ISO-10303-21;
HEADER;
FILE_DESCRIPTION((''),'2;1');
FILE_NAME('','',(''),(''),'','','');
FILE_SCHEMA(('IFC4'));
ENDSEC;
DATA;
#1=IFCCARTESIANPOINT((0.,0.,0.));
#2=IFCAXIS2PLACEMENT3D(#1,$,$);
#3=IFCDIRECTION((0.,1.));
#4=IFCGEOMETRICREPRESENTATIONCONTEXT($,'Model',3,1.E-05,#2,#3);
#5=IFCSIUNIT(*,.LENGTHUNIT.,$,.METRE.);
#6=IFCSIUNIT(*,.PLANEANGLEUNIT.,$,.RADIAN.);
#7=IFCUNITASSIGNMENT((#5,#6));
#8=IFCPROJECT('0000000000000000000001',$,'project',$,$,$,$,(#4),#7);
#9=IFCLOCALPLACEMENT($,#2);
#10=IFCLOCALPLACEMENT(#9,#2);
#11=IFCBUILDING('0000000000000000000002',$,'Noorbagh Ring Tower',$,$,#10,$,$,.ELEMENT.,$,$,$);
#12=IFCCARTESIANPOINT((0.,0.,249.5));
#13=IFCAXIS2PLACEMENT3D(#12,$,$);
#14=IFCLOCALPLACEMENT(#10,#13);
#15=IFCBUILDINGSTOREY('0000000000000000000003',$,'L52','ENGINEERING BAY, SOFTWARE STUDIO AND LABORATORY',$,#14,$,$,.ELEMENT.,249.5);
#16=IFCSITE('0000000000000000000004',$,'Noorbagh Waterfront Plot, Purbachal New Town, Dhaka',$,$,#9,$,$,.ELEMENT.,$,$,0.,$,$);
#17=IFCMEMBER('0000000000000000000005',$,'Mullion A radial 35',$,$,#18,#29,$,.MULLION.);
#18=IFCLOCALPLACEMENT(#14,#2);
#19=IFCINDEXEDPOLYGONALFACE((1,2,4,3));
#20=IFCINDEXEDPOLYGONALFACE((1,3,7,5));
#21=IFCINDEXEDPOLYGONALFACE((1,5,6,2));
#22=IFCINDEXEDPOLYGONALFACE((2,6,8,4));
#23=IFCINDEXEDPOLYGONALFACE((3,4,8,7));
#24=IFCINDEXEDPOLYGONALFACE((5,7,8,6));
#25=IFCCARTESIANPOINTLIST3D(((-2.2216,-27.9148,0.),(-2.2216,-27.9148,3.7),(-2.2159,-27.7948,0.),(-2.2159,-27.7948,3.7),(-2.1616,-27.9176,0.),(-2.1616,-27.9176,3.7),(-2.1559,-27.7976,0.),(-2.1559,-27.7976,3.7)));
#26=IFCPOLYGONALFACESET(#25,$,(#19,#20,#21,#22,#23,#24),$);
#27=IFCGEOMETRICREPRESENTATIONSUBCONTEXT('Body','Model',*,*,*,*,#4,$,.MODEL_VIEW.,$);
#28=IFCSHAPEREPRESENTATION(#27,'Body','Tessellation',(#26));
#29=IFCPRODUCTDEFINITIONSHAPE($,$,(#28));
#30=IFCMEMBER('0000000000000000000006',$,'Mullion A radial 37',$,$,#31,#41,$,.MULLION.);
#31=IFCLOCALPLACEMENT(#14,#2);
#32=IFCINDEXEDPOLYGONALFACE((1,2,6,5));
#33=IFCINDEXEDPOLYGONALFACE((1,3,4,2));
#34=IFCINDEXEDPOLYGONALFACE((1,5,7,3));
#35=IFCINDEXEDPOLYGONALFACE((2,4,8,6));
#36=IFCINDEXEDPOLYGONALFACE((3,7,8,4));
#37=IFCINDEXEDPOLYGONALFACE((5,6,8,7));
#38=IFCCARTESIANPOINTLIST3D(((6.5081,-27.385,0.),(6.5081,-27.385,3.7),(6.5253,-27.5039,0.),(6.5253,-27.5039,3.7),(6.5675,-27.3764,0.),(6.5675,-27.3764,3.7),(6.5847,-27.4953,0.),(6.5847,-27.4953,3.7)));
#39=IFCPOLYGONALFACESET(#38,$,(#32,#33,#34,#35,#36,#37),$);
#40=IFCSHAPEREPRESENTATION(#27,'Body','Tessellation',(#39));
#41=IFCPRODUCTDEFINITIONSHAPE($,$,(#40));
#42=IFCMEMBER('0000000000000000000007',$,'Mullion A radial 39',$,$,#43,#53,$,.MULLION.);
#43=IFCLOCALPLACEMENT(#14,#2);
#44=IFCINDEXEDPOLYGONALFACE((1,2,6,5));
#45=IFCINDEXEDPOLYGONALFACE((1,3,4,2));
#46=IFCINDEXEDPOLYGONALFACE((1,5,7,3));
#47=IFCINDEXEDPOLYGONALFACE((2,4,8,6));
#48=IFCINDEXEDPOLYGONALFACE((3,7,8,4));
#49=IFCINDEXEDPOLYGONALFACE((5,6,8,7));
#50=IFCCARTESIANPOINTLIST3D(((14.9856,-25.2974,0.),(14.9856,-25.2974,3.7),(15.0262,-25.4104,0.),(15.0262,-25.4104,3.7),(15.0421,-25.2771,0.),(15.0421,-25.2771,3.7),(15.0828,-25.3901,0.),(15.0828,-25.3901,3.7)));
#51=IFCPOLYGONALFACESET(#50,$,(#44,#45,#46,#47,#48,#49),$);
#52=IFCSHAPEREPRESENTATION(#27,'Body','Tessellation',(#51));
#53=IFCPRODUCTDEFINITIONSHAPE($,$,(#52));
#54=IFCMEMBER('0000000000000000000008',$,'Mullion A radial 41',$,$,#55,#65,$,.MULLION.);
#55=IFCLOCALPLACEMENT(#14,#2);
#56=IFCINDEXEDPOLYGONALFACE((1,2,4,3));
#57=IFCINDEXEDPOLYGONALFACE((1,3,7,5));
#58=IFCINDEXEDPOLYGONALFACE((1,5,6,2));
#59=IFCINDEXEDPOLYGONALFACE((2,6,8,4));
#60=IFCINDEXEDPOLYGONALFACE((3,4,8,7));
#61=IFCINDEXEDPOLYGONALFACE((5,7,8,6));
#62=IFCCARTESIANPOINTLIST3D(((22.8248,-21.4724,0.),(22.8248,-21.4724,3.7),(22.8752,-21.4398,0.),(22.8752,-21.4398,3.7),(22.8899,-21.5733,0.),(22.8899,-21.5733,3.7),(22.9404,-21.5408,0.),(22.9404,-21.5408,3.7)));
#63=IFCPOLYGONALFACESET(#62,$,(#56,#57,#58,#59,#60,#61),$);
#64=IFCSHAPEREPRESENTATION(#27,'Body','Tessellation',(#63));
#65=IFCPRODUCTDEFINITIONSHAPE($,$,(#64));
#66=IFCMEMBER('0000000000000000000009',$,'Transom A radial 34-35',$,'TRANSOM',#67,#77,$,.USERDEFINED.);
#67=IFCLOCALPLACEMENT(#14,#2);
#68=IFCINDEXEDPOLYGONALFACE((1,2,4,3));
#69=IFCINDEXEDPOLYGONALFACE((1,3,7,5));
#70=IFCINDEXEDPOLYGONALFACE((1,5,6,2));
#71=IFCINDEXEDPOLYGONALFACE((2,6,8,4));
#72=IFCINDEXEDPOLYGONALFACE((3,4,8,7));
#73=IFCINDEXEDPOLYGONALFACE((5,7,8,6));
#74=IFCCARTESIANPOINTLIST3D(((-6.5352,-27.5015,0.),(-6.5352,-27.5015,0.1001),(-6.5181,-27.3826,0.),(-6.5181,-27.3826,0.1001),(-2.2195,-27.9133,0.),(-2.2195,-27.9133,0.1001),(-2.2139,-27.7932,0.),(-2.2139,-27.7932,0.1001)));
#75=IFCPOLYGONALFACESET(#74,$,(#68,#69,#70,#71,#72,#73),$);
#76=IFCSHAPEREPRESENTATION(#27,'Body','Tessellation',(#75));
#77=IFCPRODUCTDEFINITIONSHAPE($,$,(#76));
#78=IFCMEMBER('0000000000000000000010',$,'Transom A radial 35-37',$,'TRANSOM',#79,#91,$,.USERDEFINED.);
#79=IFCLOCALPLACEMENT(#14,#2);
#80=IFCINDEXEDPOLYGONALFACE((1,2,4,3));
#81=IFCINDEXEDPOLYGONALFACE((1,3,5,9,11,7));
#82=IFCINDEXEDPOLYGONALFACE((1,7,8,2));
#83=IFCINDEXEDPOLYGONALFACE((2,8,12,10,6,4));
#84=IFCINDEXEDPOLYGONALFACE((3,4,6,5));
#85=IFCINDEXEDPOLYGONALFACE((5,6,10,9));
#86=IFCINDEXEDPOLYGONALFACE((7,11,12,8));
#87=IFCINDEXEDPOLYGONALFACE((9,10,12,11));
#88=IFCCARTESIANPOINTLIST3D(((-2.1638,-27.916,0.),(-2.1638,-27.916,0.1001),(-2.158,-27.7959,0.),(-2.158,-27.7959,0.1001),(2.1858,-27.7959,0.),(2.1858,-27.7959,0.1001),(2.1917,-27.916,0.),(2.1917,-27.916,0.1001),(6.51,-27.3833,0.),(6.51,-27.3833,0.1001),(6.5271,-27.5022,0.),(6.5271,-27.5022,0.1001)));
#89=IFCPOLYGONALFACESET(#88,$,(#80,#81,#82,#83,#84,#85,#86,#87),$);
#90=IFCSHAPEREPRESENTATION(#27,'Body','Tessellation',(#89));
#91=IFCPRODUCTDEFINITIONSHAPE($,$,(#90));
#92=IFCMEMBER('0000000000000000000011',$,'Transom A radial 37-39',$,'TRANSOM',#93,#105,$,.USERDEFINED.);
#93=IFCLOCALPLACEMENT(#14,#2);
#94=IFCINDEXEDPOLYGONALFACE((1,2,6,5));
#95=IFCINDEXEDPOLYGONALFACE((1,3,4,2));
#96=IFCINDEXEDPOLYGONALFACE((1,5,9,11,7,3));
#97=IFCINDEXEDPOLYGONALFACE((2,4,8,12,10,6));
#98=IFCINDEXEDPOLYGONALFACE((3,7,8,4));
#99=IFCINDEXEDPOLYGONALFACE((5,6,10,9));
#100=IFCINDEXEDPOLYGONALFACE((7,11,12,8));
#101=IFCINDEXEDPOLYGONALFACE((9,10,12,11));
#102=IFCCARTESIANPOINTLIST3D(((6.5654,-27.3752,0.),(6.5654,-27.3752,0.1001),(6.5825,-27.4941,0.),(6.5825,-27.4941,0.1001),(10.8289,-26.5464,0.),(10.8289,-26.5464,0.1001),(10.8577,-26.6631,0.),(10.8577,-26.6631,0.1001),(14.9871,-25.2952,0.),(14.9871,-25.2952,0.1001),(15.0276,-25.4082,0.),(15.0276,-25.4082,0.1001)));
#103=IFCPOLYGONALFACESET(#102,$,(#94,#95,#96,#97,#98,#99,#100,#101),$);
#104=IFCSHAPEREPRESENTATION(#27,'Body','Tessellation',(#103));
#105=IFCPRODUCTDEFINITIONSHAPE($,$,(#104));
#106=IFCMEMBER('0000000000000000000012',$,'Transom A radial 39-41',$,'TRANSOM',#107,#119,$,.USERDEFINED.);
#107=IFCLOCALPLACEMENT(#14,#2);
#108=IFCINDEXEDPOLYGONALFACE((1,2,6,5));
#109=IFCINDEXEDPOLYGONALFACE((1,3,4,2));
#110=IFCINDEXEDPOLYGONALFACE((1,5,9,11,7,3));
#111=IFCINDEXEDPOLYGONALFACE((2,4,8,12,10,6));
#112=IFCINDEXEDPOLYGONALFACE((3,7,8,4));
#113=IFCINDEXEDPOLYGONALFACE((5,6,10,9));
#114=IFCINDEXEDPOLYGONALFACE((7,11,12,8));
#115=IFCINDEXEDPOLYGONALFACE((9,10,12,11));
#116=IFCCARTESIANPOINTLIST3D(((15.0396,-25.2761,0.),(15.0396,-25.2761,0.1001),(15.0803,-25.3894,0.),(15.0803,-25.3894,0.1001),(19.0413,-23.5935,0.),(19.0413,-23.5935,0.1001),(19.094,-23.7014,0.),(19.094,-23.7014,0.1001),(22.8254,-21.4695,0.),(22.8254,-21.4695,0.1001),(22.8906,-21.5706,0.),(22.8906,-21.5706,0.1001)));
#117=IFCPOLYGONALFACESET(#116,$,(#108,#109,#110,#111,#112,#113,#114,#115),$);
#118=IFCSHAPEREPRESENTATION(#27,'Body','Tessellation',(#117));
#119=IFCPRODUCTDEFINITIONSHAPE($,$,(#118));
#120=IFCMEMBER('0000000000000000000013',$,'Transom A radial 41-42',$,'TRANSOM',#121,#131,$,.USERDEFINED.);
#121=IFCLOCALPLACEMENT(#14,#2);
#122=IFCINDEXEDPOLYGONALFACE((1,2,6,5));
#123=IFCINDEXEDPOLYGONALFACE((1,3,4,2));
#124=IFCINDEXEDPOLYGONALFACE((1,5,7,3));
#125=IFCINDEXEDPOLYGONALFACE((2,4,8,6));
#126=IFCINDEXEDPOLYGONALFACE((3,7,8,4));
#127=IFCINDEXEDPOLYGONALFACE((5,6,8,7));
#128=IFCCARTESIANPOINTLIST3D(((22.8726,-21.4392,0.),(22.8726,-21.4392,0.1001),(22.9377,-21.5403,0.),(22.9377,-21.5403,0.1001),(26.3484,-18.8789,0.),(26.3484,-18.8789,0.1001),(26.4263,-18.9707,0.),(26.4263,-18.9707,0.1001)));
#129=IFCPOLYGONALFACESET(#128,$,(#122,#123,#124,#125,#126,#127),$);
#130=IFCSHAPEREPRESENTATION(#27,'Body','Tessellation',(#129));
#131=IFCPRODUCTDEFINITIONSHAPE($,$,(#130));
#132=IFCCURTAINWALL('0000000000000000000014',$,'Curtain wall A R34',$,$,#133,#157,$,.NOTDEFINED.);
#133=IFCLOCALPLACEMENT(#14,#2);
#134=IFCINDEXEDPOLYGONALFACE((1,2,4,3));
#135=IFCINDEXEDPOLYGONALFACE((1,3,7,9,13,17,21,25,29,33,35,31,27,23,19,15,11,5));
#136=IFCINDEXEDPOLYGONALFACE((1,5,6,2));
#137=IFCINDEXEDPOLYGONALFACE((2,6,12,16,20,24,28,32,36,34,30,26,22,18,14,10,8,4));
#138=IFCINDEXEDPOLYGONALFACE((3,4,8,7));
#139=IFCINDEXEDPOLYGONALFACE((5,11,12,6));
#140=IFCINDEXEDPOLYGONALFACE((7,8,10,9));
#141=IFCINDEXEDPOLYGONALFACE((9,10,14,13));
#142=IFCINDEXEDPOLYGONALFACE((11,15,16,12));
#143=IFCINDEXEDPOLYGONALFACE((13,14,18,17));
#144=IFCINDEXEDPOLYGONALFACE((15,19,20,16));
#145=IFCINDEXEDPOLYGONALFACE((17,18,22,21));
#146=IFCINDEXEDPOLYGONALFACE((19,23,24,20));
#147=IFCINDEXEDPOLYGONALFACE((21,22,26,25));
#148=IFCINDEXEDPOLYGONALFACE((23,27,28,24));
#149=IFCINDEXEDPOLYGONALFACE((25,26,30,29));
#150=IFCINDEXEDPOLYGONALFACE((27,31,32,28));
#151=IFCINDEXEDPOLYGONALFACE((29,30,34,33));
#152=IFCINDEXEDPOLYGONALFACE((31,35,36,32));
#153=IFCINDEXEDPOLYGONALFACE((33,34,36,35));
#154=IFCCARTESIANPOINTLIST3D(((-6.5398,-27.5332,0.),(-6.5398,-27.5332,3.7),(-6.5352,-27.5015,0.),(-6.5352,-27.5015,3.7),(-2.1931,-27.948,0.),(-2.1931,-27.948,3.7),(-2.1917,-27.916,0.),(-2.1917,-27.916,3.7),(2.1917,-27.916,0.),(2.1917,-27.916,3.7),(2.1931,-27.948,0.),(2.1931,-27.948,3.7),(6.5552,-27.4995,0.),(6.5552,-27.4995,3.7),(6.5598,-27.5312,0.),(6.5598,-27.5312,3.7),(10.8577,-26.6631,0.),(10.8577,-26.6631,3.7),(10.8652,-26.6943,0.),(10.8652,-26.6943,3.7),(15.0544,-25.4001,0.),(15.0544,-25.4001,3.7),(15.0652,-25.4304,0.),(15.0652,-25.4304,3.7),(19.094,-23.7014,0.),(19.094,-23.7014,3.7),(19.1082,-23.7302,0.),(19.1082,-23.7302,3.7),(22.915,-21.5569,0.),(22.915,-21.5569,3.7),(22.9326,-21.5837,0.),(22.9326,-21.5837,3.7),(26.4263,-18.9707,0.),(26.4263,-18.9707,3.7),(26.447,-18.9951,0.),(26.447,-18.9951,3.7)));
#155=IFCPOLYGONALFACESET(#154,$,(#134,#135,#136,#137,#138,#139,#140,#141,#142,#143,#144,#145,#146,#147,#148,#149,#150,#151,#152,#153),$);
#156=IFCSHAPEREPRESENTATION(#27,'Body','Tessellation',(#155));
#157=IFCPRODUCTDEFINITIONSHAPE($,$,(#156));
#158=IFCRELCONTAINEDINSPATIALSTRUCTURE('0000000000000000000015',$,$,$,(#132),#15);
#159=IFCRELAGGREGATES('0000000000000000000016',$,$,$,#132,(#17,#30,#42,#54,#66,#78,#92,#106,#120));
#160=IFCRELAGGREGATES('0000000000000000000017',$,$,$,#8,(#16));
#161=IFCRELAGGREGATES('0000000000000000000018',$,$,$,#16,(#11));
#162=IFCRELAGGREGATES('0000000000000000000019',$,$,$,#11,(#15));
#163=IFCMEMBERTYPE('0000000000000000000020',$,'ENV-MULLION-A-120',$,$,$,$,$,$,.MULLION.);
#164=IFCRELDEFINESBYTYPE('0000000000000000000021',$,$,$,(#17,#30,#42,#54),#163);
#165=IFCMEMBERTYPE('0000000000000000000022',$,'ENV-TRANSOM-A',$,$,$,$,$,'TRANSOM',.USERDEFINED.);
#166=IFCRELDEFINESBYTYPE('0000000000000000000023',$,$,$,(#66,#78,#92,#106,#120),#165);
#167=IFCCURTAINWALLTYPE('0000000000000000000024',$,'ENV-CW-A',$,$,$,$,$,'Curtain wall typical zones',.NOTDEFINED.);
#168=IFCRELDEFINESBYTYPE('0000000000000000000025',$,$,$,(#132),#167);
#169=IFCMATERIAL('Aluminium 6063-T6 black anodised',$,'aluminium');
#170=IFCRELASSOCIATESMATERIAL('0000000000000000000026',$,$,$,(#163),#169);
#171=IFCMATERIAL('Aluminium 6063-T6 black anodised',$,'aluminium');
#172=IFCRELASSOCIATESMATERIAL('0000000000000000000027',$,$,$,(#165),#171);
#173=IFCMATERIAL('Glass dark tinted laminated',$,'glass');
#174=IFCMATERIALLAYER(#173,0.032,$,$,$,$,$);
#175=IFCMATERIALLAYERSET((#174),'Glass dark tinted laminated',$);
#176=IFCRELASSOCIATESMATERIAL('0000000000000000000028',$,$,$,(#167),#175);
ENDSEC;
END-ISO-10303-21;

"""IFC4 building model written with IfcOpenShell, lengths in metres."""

from ifc_helpers import new_model, si_unit, direction, frame, origin, origin_2d, place, context, subcontext, project, spatial, polyline, rectangle, outline, extrude, material, layer, layer_set, material_profile, profile_set, type_object, element, aggregate, save


model = new_model("IFC4")

# Units and contexts
model_context = context("Model", 3, precision=1e-05, world=origin(), true_north=direction((0.0, 1.0)))
body_context = subcontext(model_context, "Body", "Model", "MODEL_VIEW")
ifc_project = project(units=[si_unit("LENGTHUNIT", "METRE"), si_unit("PLANEANGLEUNIT", "RADIAN")], contexts=[model_context])

# Members
ifc_material_1 = material(Name="Aluminium 6063-T6 black anodised", Category="aluminium")
ifc_material_profile_1 = material_profile(ifc_material_1, rectangle(XDim=0.1201, YDim=0.0601, at=origin_2d()), Name="120x60")
ifc_profile_set_1 = profile_set([ifc_material_profile_1], Name="Aluminium 6063-T6 black anodised")
member_type_1 = type_object("IfcMemberType", Name="ENV-MULLION-A-120", PredefinedType="MULLION", material=ifc_profile_set_1)
site_placement = place(None, origin())
building_placement = place(site_placement, origin())
storey_placement = place(building_placement, frame((0.0, 0.0, 249.5)))
member_1_placement = place(storey_placement, frame((-2.1887, -27.8562, 0.0), z_axis=(0.0, 0.0, 1.0), x_axis=(0.047558, 0.998868, 0.0)))
member_1 = element("IfcMember", 1, at=member_1_placement, type_object=member_type_1, Name="Mullion A radial 35", PredefinedType="MULLION", context=body_context, shape_type="SweptSolid", body=[
    extrude(rectangle(XDim=0.1201, YDim=0.0601, at=origin_2d()), origin(), (0.0, 0.0, 1.0), 3.7),
])
member_2_placement = place(storey_placement, frame((6.5464, -27.4402, 0.0), z_axis=(0.0, 0.0, 1.0), x_axis=(-0.143082, 0.989711, 0.0)))
member_2 = element("IfcMember", 2, at=member_2_placement, type_object=member_type_1, Name="Mullion A radial 37", PredefinedType="MULLION", context=body_context, shape_type="SweptSolid", body=[
    extrude(rectangle(XDim=0.1201, YDim=0.0601, at=origin_2d()), origin(), (0.0, 0.0, 1.0), 3.7),
])
member_3_placement = place(storey_placement, frame((15.0342, -25.3438, 0.0), z_axis=(0.0, 0.0, 1.0), x_axis=(-0.338379, 0.94101, 0.0)))
member_3 = element("IfcMember", 3, at=member_3_placement, type_object=member_type_1, Name="Mullion A radial 39", PredefinedType="MULLION", context=body_context, shape_type="SweptSolid", body=[
    extrude(rectangle(XDim=0.1201, YDim=0.0601, at=origin_2d()), origin(), (0.0, 0.0, 1.0), 3.7),
])
member_4_placement = place(storey_placement, frame((22.8826, -21.5066, 0.0), z_axis=(0.0, 0.0, 1.0), x_axis=(-0.542279, 0.840198, 0.0)))
member_4 = element("IfcMember", 4, at=member_4_placement, type_object=member_type_1, Name="Mullion A radial 41", PredefinedType="MULLION", context=body_context, shape_type="SweptSolid", body=[
    extrude(rectangle(XDim=0.1201, YDim=0.0601, at=origin_2d()), origin(), (0.0, 0.0, 1.0), 3.7),
])
ifc_material_2 = material(Name="Aluminium 6063-T6 black anodised", Category="aluminium")
member_type_2 = type_object("IfcMemberType", Name="ENV-TRANSOM-A", ElementType="TRANSOM", PredefinedType="USERDEFINED", material=ifc_material_2)
member_5_placement = place(storey_placement, origin())
member_5 = element("IfcMember", 5, at=member_5_placement, type_object=member_type_2, Name="Transom A radial 34-35", ObjectType="TRANSOM", PredefinedType="USERDEFINED", context=body_context, shape_type="SweptSolid", body=[
    extrude(outline(polyline([(-6.5352, -27.5015), (-2.2195, -27.9133), (-2.2139, -27.7932), (-6.5181, -27.3826), (-6.5352, -27.5015)])), origin(), (0.0, 0.0, 1.0), 0.1001),
])
member_6_placement = place(storey_placement, origin())
member_6 = element("IfcMember", 6, at=member_6_placement, type_object=member_type_2, Name="Transom A radial 35-37", ObjectType="TRANSOM", PredefinedType="USERDEFINED", context=body_context, shape_type="SweptSolid", body=[
    extrude(outline(polyline([(-2.1638, -27.916), (2.1917, -27.916), (6.5271, -27.5022), (6.51, -27.3833), (2.1858, -27.7959), (-2.158, -27.7959), (-2.1638, -27.916)])), origin(), (0.0, 0.0, 1.0), 0.1001),
])
member_7_placement = place(storey_placement, origin())
member_7 = element("IfcMember", 7, at=member_7_placement, type_object=member_type_2, Name="Transom A radial 37-39", ObjectType="TRANSOM", PredefinedType="USERDEFINED", context=body_context, shape_type="SweptSolid", body=[
    extrude(outline(polyline([(6.5825, -27.4941), (10.8577, -26.6631), (15.0276, -25.4082), (14.9871, -25.2952), (10.8289, -26.5464), (6.5654, -27.3752), (6.5825, -27.4941)])), origin(), (0.0, 0.0, 1.0), 0.1001),
])
member_8_placement = place(storey_placement, origin())
member_8 = element("IfcMember", 8, at=member_8_placement, type_object=member_type_2, Name="Transom A radial 39-41", ObjectType="TRANSOM", PredefinedType="USERDEFINED", context=body_context, shape_type="SweptSolid", body=[
    extrude(outline(polyline([(15.0803, -25.3894), (19.094, -23.7014), (22.8906, -21.5706), (22.8254, -21.4695), (19.0413, -23.5935), (15.0396, -25.2761), (15.0803, -25.3894)])), origin(), (0.0, 0.0, 1.0), 0.1001),
])
member_9_placement = place(storey_placement, origin())
member_9 = element("IfcMember", 9, at=member_9_placement, type_object=member_type_2, Name="Transom A radial 41-42", ObjectType="TRANSOM", PredefinedType="USERDEFINED", context=body_context, shape_type="SweptSolid", body=[
    extrude(outline(polyline([(22.9377, -21.5403), (26.4263, -18.9707), (26.3484, -18.8789), (22.8726, -21.4392), (22.9377, -21.5403)])), origin(), (0.0, 0.0, 1.0), 0.1001),
])

# Site, building, storey
site = spatial("IfcSite", under=ifc_project, at=site_placement, Name="Noorbagh Waterfront Plot, Purbachal New Town, Dhaka", CompositionType="ELEMENT", RefElevation=0.0)
building = spatial("IfcBuilding", under=site, at=building_placement, Name="Noorbagh Ring Tower", CompositionType="ELEMENT")
storey = spatial("IfcBuildingStorey", under=building, at=storey_placement, Name="L52", Description="ENGINEERING BAY, SOFTWARE STUDIO AND LABORATORY", CompositionType="ELEMENT", Elevation=249.5)

# Curtain wall
ifc_material_3 = material(Name="Glass dark tinted laminated", Category="glass")
ifc_layer_1 = layer(ifc_material_3, 0.032)
ifc_layer_set_1 = layer_set([ifc_layer_1], Name="Glass dark tinted laminated")
curtain_wall_type_1 = type_object("IfcCurtainWallType", Name="ENV-CW-A", ElementType="Curtain wall typical zones", PredefinedType="NOTDEFINED", material=ifc_layer_set_1)
curtain_wall_1_placement = place(storey_placement, origin())
curtain_wall_1 = element("IfcCurtainWall", 10, at=curtain_wall_1_placement, inside=storey, type_object=curtain_wall_type_1, Name="Curtain wall A R34", PredefinedType="NOTDEFINED", context=body_context, shape_type="SweptSolid", body=[
    extrude(outline(polyline([(-6.5398, -27.5332), (-2.1931, -27.948), (2.1931, -27.948), (6.5598, -27.5312), (10.8652, -26.6943), (15.0652, -25.4304), (19.1082, -23.7302), (22.9326, -21.5837), (26.447, -18.9951), (26.4263, -18.9707), (22.915, -21.5569), (19.094, -23.7014), (15.0544, -25.4001), (10.8577, -26.6631), (6.5552, -27.4995), (2.1917, -27.916), (-2.1917, -27.916), (-6.5352, -27.5015), (-6.5398, -27.5332)])), origin(), (0.0, 0.0, 1.0), 3.7),
])
aggregate(curtain_wall_1, [member_1, member_2, member_3, member_4, member_5, member_6, member_7, member_8, member_9])

save(model, "model.ifc")
